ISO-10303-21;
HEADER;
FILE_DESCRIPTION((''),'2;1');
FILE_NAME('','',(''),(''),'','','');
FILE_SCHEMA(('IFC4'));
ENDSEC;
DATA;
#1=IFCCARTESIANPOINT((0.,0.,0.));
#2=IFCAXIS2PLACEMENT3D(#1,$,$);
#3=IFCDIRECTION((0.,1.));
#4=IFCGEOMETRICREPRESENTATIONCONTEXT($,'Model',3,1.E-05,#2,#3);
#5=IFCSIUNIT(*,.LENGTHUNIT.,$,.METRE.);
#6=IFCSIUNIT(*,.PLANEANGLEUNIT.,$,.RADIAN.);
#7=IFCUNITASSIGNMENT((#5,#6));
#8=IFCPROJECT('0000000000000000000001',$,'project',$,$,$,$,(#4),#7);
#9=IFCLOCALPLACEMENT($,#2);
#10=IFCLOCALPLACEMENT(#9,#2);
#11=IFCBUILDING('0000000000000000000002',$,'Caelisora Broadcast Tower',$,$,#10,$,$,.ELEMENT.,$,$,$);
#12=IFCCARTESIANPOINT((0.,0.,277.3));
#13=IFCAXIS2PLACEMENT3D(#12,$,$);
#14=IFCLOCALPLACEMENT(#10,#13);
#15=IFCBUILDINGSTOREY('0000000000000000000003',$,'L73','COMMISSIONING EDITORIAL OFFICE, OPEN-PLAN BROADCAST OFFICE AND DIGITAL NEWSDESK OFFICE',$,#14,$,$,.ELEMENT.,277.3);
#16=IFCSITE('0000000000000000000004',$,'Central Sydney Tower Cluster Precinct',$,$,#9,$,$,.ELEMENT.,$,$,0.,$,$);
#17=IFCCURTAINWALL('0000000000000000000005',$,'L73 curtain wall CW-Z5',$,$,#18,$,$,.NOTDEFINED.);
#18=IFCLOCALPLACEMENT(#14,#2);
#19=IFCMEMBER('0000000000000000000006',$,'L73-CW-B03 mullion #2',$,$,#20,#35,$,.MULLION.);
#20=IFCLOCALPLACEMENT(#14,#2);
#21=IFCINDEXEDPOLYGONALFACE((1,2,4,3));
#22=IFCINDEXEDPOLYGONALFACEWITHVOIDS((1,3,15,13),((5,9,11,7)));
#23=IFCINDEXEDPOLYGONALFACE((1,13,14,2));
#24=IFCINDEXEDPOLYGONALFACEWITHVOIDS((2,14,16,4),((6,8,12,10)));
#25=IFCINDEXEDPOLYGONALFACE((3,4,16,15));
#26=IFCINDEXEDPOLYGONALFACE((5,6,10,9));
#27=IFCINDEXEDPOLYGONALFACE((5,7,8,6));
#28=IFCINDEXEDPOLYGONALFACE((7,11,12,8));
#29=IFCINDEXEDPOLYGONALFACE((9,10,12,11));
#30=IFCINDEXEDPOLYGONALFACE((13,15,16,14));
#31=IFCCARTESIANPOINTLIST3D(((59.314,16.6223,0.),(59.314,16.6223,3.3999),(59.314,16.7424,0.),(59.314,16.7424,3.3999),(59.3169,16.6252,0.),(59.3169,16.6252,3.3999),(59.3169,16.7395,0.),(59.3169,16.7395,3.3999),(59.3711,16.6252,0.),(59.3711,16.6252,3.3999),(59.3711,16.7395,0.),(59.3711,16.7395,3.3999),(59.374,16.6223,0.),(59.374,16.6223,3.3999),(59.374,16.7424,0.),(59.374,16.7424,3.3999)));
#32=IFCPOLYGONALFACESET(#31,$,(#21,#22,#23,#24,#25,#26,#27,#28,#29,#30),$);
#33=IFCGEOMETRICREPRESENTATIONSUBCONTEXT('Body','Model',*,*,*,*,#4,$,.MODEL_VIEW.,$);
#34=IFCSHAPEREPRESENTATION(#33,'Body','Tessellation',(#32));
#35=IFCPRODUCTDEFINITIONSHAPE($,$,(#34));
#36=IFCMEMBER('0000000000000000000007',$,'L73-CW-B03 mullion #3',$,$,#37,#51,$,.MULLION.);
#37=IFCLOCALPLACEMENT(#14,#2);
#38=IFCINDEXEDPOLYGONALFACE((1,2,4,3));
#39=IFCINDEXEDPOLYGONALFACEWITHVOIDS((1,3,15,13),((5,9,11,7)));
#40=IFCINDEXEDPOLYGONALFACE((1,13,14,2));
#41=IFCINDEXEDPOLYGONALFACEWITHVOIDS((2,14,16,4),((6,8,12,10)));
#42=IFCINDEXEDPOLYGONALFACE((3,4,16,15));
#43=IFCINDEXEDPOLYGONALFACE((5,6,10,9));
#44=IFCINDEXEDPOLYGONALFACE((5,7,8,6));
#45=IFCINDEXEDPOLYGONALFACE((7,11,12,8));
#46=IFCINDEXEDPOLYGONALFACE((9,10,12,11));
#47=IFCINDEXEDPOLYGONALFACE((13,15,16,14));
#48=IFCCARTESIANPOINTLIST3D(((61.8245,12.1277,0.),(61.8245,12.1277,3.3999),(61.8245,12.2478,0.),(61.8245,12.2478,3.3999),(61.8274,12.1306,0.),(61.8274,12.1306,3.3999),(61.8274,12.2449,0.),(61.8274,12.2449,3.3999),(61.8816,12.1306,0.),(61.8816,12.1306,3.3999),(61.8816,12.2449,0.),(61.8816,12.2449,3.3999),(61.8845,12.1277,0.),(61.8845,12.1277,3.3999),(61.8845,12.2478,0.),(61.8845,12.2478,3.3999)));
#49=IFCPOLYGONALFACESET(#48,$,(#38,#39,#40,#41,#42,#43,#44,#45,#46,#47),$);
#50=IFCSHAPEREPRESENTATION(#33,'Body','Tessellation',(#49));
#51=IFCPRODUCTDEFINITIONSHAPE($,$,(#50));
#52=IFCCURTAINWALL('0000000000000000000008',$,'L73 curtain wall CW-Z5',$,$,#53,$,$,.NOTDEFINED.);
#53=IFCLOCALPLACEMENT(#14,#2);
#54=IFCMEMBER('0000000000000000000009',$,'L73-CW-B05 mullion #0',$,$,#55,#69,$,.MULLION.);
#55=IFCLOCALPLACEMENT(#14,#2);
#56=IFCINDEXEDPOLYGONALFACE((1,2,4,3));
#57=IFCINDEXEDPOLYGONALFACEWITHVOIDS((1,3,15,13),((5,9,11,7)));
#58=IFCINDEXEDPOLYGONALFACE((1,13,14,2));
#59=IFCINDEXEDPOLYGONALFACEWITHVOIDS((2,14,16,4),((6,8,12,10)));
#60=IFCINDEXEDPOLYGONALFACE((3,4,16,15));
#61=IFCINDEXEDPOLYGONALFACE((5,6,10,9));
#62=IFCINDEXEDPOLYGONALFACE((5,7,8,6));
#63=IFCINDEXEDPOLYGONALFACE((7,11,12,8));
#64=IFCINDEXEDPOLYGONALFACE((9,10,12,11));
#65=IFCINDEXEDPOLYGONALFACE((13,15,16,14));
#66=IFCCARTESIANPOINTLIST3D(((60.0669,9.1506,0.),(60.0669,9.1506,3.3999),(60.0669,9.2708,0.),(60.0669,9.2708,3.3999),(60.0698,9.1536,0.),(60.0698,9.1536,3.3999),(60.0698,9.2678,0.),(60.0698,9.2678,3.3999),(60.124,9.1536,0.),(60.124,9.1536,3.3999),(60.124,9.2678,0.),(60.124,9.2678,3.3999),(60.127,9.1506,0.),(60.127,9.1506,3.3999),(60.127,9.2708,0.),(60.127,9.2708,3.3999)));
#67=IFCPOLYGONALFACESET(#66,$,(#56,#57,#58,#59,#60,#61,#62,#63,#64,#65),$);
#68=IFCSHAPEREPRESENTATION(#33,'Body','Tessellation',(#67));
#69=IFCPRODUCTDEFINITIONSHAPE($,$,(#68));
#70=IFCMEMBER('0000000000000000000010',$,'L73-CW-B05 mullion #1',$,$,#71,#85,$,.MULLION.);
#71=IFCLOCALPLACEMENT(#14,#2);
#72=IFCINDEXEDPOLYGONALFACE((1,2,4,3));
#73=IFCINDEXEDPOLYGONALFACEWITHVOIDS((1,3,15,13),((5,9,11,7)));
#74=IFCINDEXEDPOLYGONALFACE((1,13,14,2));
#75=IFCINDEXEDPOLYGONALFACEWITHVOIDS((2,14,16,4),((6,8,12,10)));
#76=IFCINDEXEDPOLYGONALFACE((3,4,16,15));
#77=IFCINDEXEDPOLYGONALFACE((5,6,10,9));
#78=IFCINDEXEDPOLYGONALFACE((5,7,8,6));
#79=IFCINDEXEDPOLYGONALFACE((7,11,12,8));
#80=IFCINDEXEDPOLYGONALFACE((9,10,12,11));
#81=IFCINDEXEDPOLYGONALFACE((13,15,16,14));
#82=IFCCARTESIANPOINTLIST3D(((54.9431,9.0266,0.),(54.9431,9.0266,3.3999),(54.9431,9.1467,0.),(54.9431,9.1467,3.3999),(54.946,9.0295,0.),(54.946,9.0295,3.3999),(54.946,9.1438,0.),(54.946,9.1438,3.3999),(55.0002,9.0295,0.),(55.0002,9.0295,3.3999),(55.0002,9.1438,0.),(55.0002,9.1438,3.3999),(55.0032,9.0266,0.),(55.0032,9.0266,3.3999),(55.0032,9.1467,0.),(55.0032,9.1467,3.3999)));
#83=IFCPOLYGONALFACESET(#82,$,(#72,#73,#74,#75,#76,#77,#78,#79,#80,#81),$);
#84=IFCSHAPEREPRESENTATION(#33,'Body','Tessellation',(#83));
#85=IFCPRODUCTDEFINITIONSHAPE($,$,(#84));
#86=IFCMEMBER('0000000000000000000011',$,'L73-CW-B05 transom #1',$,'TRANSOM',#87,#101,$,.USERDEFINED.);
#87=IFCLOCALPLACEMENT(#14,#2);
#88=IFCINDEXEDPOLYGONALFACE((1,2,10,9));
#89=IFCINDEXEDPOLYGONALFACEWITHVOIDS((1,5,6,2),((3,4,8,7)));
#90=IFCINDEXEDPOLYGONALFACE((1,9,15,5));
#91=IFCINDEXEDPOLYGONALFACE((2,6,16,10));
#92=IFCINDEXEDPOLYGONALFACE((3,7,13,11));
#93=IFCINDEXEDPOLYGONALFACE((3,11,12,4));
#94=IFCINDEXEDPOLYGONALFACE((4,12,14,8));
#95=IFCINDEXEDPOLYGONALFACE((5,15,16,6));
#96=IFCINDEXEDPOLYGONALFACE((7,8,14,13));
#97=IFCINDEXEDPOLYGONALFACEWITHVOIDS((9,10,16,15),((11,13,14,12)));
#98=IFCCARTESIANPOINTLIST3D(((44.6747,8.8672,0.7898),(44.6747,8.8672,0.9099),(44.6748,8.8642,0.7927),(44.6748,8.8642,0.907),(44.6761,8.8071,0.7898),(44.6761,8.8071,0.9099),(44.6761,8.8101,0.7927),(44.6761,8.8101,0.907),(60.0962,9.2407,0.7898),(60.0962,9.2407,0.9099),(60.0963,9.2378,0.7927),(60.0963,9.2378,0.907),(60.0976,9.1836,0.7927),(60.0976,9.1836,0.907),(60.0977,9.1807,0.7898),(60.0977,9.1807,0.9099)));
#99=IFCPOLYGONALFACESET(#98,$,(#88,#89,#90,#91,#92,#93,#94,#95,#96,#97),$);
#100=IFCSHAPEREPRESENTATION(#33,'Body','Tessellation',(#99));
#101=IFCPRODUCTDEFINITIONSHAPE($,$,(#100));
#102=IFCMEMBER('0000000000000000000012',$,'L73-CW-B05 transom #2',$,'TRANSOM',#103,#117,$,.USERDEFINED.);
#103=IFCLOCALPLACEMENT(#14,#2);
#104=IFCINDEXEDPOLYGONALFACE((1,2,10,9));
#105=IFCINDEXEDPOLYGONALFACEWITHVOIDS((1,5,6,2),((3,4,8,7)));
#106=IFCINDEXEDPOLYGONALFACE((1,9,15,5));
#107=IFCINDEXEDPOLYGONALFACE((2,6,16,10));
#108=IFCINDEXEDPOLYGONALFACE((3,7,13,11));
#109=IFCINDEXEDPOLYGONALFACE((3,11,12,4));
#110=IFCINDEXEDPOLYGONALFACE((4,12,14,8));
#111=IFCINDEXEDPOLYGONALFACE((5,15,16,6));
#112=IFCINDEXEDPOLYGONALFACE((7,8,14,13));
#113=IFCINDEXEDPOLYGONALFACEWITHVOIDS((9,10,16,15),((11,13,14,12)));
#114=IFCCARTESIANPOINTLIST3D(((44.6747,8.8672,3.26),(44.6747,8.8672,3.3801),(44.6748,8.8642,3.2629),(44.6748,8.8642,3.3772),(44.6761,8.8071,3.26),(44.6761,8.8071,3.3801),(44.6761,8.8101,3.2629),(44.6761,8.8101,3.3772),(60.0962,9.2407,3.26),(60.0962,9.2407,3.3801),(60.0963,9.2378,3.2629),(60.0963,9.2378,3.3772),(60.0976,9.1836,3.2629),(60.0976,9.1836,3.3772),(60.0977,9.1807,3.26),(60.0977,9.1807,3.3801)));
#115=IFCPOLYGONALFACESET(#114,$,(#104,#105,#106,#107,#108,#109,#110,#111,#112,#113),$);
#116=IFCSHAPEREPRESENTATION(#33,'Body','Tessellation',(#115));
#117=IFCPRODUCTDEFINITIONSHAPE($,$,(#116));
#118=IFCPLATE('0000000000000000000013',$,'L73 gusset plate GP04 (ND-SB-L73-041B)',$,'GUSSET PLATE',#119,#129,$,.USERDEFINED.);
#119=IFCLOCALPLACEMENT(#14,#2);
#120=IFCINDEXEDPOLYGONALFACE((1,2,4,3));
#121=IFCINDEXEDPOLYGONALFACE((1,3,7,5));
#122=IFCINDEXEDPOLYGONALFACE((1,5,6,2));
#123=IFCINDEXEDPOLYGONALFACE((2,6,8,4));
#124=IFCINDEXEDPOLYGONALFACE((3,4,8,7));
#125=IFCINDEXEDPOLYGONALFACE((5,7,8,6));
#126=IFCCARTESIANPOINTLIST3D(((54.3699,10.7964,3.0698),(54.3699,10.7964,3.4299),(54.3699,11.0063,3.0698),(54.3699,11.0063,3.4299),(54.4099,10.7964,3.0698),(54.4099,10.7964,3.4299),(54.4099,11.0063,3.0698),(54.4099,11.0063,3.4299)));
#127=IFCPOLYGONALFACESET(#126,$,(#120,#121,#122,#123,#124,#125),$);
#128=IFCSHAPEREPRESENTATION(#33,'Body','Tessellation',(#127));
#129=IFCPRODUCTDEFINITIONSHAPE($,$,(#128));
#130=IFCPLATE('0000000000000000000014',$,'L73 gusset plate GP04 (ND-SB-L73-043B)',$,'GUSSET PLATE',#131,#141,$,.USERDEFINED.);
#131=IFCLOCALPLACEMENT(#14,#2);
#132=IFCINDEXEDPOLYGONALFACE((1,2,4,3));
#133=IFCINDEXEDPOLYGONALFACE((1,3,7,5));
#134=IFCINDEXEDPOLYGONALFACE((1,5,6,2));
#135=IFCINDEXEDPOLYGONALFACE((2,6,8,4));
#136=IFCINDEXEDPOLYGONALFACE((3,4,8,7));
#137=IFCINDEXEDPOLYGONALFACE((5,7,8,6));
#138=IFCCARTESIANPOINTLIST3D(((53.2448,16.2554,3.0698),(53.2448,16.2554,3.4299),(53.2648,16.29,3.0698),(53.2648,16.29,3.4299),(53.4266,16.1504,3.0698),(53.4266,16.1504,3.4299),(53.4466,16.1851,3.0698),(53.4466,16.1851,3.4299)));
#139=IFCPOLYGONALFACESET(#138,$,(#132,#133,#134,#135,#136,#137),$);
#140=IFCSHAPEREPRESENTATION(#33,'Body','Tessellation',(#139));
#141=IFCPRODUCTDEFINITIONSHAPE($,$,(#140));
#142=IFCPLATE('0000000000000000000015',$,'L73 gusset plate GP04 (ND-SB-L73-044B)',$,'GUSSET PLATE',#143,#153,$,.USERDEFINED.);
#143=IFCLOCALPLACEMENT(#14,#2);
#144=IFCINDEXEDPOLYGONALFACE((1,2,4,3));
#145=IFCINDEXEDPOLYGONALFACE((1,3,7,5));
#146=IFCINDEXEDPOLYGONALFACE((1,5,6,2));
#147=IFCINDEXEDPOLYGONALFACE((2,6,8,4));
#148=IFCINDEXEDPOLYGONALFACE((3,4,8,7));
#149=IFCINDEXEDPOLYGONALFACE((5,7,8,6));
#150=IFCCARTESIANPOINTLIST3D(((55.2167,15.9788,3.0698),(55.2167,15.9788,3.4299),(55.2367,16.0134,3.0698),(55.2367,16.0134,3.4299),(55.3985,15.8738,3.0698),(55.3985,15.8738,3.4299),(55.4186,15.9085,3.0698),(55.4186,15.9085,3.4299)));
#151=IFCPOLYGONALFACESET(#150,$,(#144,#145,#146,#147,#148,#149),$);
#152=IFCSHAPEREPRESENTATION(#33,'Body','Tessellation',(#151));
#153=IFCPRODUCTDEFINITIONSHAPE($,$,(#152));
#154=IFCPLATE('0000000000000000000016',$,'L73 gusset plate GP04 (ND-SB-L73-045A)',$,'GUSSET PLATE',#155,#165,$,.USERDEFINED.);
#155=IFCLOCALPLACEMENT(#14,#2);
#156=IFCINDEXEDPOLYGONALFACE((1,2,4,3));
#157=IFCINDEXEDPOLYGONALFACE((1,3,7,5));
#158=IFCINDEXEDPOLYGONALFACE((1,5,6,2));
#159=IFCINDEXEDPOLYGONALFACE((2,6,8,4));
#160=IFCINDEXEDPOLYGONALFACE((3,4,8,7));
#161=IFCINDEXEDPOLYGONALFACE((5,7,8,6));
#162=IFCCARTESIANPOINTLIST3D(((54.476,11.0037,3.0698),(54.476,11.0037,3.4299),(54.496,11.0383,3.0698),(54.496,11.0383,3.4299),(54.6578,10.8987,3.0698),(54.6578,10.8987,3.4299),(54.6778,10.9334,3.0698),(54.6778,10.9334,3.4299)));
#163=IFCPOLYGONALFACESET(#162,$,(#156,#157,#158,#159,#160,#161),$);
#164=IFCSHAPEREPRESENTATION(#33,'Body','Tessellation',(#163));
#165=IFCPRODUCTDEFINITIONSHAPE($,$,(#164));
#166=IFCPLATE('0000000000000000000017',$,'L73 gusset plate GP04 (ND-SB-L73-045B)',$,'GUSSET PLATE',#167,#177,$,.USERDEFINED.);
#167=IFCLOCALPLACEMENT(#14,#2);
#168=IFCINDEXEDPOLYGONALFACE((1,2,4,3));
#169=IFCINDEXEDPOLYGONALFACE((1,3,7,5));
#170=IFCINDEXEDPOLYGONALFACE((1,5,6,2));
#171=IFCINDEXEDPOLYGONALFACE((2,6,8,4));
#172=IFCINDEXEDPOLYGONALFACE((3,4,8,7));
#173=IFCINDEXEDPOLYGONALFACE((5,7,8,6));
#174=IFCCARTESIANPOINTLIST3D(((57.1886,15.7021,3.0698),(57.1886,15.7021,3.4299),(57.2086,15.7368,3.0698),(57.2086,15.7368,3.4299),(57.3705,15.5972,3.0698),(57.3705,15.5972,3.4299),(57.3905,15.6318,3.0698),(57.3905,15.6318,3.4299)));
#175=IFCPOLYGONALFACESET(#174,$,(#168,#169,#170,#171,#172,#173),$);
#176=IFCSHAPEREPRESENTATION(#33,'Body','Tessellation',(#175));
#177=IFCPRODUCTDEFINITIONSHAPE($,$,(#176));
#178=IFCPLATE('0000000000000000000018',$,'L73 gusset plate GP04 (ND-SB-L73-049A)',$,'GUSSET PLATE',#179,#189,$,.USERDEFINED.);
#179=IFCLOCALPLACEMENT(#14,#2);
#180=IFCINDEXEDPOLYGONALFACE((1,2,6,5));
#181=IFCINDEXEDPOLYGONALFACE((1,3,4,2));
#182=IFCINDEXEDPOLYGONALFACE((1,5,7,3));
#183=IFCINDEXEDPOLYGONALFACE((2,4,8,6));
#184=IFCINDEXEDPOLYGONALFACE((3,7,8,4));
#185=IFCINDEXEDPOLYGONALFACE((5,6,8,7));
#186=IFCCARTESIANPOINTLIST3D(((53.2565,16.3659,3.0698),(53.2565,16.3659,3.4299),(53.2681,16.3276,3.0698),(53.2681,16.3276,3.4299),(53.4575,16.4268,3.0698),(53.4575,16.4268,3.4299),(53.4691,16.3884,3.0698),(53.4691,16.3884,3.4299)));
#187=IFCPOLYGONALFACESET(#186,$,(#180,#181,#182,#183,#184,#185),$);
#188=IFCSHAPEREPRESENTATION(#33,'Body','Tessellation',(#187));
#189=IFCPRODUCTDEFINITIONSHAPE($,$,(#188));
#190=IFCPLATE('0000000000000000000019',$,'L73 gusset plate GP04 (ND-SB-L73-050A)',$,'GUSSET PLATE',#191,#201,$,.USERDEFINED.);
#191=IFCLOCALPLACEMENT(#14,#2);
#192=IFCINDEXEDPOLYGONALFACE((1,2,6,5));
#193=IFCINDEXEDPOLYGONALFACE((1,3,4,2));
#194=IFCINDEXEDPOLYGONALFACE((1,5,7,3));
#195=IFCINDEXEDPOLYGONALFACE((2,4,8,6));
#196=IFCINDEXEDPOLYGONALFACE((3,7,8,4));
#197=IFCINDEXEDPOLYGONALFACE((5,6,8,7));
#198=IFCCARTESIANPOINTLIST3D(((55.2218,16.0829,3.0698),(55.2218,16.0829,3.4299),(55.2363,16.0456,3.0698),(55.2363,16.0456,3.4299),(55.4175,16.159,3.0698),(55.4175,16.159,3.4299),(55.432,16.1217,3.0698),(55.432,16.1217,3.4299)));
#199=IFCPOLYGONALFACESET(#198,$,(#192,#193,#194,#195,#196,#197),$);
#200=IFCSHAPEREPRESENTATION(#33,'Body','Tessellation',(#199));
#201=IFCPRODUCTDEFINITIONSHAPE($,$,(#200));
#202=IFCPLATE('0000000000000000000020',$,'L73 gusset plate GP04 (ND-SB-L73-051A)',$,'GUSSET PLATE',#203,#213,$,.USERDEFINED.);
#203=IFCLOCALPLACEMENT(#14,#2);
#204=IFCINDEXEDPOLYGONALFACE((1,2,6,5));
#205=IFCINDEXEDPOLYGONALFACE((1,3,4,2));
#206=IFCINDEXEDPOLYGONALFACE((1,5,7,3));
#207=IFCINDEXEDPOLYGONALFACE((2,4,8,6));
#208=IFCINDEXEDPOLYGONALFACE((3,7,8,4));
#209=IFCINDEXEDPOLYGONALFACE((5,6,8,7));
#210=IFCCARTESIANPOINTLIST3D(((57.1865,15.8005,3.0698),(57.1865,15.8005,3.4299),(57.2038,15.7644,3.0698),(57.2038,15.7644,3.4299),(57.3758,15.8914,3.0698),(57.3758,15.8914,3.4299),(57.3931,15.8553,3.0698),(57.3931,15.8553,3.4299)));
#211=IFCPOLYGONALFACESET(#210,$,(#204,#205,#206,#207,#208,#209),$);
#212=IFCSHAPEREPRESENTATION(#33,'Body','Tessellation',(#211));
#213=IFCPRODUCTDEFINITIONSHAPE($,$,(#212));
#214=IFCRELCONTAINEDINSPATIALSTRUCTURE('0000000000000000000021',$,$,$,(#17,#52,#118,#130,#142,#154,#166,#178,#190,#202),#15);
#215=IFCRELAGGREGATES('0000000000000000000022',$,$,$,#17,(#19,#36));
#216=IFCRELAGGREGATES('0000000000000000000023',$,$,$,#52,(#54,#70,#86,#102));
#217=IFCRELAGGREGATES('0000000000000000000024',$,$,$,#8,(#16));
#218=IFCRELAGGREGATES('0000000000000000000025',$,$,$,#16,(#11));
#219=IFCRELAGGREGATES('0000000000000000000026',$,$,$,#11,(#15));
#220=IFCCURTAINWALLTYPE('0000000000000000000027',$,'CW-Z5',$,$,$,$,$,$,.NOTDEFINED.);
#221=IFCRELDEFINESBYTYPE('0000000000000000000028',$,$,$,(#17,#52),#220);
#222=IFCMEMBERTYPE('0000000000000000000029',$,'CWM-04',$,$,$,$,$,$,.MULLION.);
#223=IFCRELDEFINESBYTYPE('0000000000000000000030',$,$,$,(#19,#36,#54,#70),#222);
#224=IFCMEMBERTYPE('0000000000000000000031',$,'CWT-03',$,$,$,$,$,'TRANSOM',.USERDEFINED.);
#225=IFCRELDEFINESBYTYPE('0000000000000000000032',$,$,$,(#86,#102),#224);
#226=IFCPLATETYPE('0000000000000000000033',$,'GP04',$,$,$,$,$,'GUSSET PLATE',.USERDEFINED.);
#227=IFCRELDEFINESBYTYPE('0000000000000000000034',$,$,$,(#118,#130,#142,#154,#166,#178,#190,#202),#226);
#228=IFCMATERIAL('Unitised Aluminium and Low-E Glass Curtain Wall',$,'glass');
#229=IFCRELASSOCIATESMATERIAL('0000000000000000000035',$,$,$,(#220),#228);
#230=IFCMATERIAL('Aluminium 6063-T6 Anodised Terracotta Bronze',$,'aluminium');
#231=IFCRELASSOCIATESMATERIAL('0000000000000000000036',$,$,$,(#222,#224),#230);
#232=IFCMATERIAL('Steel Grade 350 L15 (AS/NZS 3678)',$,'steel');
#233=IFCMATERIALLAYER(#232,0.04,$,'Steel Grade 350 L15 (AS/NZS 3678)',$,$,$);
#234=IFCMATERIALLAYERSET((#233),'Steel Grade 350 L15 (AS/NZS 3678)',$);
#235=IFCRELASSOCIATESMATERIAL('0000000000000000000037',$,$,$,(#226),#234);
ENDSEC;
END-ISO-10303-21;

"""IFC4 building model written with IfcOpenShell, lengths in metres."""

from ifc_helpers import new_model, si_unit, direction, frame, origin, origin_2d, place, context, subcontext, project, spatial, rectangle, hollow_rectangle, extrude, source, transform, mapped, material, layer, layer_set, material_profile, profile_set, type_object, type_shapes, element, aggregate, save


model = new_model("IFC4")

# Units and contexts
model_context = context("Model", 3, precision=1e-05, world=origin(), true_north=direction((0.0, 1.0)))
body_context = subcontext(model_context, "Body", "Model", "MODEL_VIEW")
ifc_project = project(units=[si_unit("LENGTHUNIT", "METRE"), si_unit("PLANEANGLEUNIT", "RADIAN")], contexts=[model_context])

# Site, building, storey
site_placement = place(None, origin())
site = spatial("IfcSite", under=ifc_project, at=site_placement, Name="Central Sydney Tower Cluster Precinct", CompositionType="ELEMENT", RefElevation=0.0)
building_placement = place(site_placement, origin())
building = spatial("IfcBuilding", under=site, at=building_placement, Name="Caelisora Broadcast Tower", CompositionType="ELEMENT")
storey_placement = place(building_placement, frame((0.0, 0.0, 277.3)))
storey = spatial("IfcBuildingStorey", under=building, at=storey_placement, Name="L73", Description="COMMISSIONING EDITORIAL OFFICE, OPEN-PLAN BROADCAST OFFICE AND DIGITAL NEWSDESK OFFICE", CompositionType="ELEMENT", Elevation=277.3)

# Shared definitions
ifc_material_1 = material(Name="Steel Grade 350 L15 (AS/NZS 3678)", Category="steel")

# Curtain walls, members
ifc_material_2 = material(Name="Unitised Aluminium and Low-E Glass Curtain Wall", Category="glass")
curtain_wall_type = type_object("IfcCurtainWallType", Name="CW-Z5", PredefinedType="NOTDEFINED", material=ifc_material_2)
curtain_wall_1_placement = place(storey_placement, origin())
curtain_wall_1 = element("IfcCurtainWall", 1, at=curtain_wall_1_placement, inside=storey, type_object=curtain_wall_type, Name="L73 curtain wall CW-Z5", PredefinedType="NOTDEFINED")
ifc_material_3 = material(Name="Aluminium 6063-T6 Anodised Terracotta Bronze", Category="aluminium")
ifc_material_profile_1 = material_profile(ifc_material_3, hollow_rectangle(XDim=0.0601, YDim=0.1201, WallThickness=0.0029, at=origin_2d()), Name="Aluminium 6063-T6 Anodised Terracotta Bronze")
ifc_profile_set_1 = profile_set([ifc_material_profile_1], Name="Aluminium 6063-T6 Anodised Terracotta Bronze")
member_type_1 = type_object("IfcMemberType", Name="CWM-04", PredefinedType="MULLION", material=ifc_profile_set_1)
shared_shape_1 = source(origin(), body_context, "Body", "SweptSolid", [
    extrude(hollow_rectangle(XDim=0.0601, YDim=0.1201, WallThickness=0.0029, at=origin_2d()), origin(), (0.0, 0.0, 1.0), 3.3999),
])
type_shapes(member_type_1, [shared_shape_1])
member_1_placement = place(storey_placement, frame((59.344, 16.6824, 0.0), z_axis=(0.0, 0.0, 1.0), x_axis=(1.0, 0.0, 0.0)))
member_1 = element("IfcMember", 2, at=member_1_placement, type_object=member_type_1, Name="L73-CW-B03 mullion #2", PredefinedType="MULLION", context=body_context, shape_type="MappedRepresentation", body=[
    mapped(shared_shape_1, transform((0.0, 0.0, 0.0), scale=1.0)),
])
member_2_placement = place(storey_placement, frame((61.8545, 12.1877, 0.0), z_axis=(0.0, 0.0, 1.0), x_axis=(1.0, 0.0, 0.0)))
member_2 = element("IfcMember", 3, at=member_2_placement, type_object=member_type_1, Name="L73-CW-B03 mullion #3", PredefinedType="MULLION", context=body_context, shape_type="MappedRepresentation", body=[
    mapped(shared_shape_1, transform((0.0, 0.0, 0.0), scale=1.0)),
])
curtain_wall_2_placement = place(storey_placement, origin())
curtain_wall_2 = element("IfcCurtainWall", 4, at=curtain_wall_2_placement, inside=storey, type_object=curtain_wall_type, Name="L73 curtain wall CW-Z5", PredefinedType="NOTDEFINED")
member_3_placement = place(storey_placement, frame((60.0969, 9.2107, 0.0), z_axis=(0.0, 0.0, 1.0), x_axis=(1.0, 0.0, 0.0)))
member_3 = element("IfcMember", 5, at=member_3_placement, type_object=member_type_1, Name="L73-CW-B05 mullion #0", PredefinedType="MULLION", context=body_context, shape_type="MappedRepresentation", body=[
    mapped(shared_shape_1, transform((0.0, 0.0, 0.0), scale=1.0)),
])
member_4_placement = place(storey_placement, frame((54.9731, 9.0867, 0.0), z_axis=(0.0, 0.0, 1.0), x_axis=(1.0, 0.0, 0.0)))
member_4 = element("IfcMember", 6, at=member_4_placement, type_object=member_type_1, Name="L73-CW-B05 mullion #1", PredefinedType="MULLION", context=body_context, shape_type="MappedRepresentation", body=[
    mapped(shared_shape_1, transform((0.0, 0.0, 0.0), scale=1.0)),
])
ifc_material_profile_2 = material_profile(ifc_material_3, hollow_rectangle(XDim=0.0601, YDim=0.1201, WallThickness=0.0029, at=origin_2d()), Name="Aluminium 6063-T6 Anodised Terracotta Bronze")
ifc_profile_set_2 = profile_set([ifc_material_profile_2], Name="Aluminium 6063-T6 Anodised Terracotta Bronze")
member_type_2 = type_object("IfcMemberType", Name="CWT-03", ElementType="TRANSOM", PredefinedType="USERDEFINED", material=ifc_profile_set_2)
shared_shape_2 = source(origin(), body_context, "Body", "SweptSolid", [
    extrude(hollow_rectangle(XDim=0.0601, YDim=0.1201, WallThickness=0.0029, at=origin_2d()), origin(), (0.0, 0.0, 1.0), 15.426),
])
type_shapes(member_type_2, [shared_shape_2])
member_5_placement = place(storey_placement, frame((60.0969, 9.2107, 0.8499), z_axis=(-0.999707, -0.024215, 0.0), x_axis=(0.024215, -0.999707, 0.0)))
member_5 = element("IfcMember", 7, at=member_5_placement, type_object=member_type_2, Name="L73-CW-B05 transom #1", ObjectType="TRANSOM", PredefinedType="USERDEFINED", context=body_context, shape_type="MappedRepresentation", body=[
    mapped(shared_shape_2, transform((0.0, 0.0, 0.0), scale=1.0)),
])
member_6_placement = place(storey_placement, frame((60.0969, 9.2107, 3.3201), z_axis=(-0.999707, -0.024215, 0.0), x_axis=(0.024215, -0.999707, 0.0)))
member_6 = element("IfcMember", 8, at=member_6_placement, type_object=member_type_2, Name="L73-CW-B05 transom #2", ObjectType="TRANSOM", PredefinedType="USERDEFINED", context=body_context, shape_type="MappedRepresentation", body=[
    mapped(shared_shape_2, transform((0.0, 0.0, 0.0), scale=1.0)),
])

# Plates
ifc_layer_1 = layer(ifc_material_1, 0.04, Name="Steel Grade 350 L15 (AS/NZS 3678)")
ifc_layer_set_1 = layer_set([ifc_layer_1], Name="Steel Grade 350 L15 (AS/NZS 3678)")
plate_type_1 = type_object("IfcPlateType", Name="GP04", ElementType="GUSSET PLATE", PredefinedType="USERDEFINED", material=ifc_layer_set_1)
shared_shape_3 = source(origin(), body_context, "Body", "SweptSolid", [
    extrude(rectangle(XDim=0.21, YDim=0.04, at=origin_2d()), origin(), (0.0, 0.0, 1.0), 0.3601),
])
type_shapes(plate_type_1, [shared_shape_3])
for number, where, z_axis, x_axis, name in (
    (9, (54.3899, 10.9014, 3.0698), (0.0, 0.0, 1.0), (0.0, 1.0, 0.0), "L73 gusset plate GP04 (ND-SB-L73-041B)"),
    (10, (53.3457, 16.2202, 3.0698), (0.0, 0.0, 1.0), (-0.866025, 0.5, 0.0), "L73 gusset plate GP04 (ND-SB-L73-043B)"),
    (11, (55.3176, 15.9436, 3.0698), (0.0, 0.0, 1.0), (-0.866025, 0.5, 0.0), "L73 gusset plate GP04 (ND-SB-L73-044B)"),
    (12, (54.5769, 10.9685, 3.0698), (0.0, 0.0, 1.0), (-0.866025, 0.5, 0.0), "L73 gusset plate GP04 (ND-SB-L73-045A)"),
    (13, (57.2896, 15.667, 3.0698), (0.0, 0.0, 1.0), (-0.866025, 0.5, 0.0), "L73 gusset plate GP04 (ND-SB-L73-045B)"),
    (14, (53.3628, 16.3772, 3.0698), (0.0, 0.0, 1.0), (-0.957117, -0.2897, 0.0), "L73 gusset plate GP04 (ND-SB-L73-049A)"),
    (15, (55.3269, 16.1023, 3.0698), (0.0, 0.0, 1.0), (-0.931945, -0.362601, 0.0), "L73 gusset plate GP04 (ND-SB-L73-050A)"),
    (16, (57.2898, 15.8279, 3.0698), (0.0, 0.0, 1.0), (-0.90138, -0.43303, 0.0), "L73 gusset plate GP04 (ND-SB-L73-051A)"),
):
    element("IfcPlate", number, at=place(storey_placement, frame(where, z_axis=z_axis, x_axis=x_axis)), inside=storey, type_object=plate_type_1, Name=name, ObjectType="GUSSET PLATE", PredefinedType="USERDEFINED", context=body_context, shape_type="MappedRepresentation", body=[
        mapped(shared_shape_3, transform((0.0, 0.0, 0.0), scale=1.0)),
    ])

aggregate(curtain_wall_1, [member_1, member_2])
aggregate(curtain_wall_2, [member_3, member_4, member_5, member_6])

save(model, "model.ifc")
